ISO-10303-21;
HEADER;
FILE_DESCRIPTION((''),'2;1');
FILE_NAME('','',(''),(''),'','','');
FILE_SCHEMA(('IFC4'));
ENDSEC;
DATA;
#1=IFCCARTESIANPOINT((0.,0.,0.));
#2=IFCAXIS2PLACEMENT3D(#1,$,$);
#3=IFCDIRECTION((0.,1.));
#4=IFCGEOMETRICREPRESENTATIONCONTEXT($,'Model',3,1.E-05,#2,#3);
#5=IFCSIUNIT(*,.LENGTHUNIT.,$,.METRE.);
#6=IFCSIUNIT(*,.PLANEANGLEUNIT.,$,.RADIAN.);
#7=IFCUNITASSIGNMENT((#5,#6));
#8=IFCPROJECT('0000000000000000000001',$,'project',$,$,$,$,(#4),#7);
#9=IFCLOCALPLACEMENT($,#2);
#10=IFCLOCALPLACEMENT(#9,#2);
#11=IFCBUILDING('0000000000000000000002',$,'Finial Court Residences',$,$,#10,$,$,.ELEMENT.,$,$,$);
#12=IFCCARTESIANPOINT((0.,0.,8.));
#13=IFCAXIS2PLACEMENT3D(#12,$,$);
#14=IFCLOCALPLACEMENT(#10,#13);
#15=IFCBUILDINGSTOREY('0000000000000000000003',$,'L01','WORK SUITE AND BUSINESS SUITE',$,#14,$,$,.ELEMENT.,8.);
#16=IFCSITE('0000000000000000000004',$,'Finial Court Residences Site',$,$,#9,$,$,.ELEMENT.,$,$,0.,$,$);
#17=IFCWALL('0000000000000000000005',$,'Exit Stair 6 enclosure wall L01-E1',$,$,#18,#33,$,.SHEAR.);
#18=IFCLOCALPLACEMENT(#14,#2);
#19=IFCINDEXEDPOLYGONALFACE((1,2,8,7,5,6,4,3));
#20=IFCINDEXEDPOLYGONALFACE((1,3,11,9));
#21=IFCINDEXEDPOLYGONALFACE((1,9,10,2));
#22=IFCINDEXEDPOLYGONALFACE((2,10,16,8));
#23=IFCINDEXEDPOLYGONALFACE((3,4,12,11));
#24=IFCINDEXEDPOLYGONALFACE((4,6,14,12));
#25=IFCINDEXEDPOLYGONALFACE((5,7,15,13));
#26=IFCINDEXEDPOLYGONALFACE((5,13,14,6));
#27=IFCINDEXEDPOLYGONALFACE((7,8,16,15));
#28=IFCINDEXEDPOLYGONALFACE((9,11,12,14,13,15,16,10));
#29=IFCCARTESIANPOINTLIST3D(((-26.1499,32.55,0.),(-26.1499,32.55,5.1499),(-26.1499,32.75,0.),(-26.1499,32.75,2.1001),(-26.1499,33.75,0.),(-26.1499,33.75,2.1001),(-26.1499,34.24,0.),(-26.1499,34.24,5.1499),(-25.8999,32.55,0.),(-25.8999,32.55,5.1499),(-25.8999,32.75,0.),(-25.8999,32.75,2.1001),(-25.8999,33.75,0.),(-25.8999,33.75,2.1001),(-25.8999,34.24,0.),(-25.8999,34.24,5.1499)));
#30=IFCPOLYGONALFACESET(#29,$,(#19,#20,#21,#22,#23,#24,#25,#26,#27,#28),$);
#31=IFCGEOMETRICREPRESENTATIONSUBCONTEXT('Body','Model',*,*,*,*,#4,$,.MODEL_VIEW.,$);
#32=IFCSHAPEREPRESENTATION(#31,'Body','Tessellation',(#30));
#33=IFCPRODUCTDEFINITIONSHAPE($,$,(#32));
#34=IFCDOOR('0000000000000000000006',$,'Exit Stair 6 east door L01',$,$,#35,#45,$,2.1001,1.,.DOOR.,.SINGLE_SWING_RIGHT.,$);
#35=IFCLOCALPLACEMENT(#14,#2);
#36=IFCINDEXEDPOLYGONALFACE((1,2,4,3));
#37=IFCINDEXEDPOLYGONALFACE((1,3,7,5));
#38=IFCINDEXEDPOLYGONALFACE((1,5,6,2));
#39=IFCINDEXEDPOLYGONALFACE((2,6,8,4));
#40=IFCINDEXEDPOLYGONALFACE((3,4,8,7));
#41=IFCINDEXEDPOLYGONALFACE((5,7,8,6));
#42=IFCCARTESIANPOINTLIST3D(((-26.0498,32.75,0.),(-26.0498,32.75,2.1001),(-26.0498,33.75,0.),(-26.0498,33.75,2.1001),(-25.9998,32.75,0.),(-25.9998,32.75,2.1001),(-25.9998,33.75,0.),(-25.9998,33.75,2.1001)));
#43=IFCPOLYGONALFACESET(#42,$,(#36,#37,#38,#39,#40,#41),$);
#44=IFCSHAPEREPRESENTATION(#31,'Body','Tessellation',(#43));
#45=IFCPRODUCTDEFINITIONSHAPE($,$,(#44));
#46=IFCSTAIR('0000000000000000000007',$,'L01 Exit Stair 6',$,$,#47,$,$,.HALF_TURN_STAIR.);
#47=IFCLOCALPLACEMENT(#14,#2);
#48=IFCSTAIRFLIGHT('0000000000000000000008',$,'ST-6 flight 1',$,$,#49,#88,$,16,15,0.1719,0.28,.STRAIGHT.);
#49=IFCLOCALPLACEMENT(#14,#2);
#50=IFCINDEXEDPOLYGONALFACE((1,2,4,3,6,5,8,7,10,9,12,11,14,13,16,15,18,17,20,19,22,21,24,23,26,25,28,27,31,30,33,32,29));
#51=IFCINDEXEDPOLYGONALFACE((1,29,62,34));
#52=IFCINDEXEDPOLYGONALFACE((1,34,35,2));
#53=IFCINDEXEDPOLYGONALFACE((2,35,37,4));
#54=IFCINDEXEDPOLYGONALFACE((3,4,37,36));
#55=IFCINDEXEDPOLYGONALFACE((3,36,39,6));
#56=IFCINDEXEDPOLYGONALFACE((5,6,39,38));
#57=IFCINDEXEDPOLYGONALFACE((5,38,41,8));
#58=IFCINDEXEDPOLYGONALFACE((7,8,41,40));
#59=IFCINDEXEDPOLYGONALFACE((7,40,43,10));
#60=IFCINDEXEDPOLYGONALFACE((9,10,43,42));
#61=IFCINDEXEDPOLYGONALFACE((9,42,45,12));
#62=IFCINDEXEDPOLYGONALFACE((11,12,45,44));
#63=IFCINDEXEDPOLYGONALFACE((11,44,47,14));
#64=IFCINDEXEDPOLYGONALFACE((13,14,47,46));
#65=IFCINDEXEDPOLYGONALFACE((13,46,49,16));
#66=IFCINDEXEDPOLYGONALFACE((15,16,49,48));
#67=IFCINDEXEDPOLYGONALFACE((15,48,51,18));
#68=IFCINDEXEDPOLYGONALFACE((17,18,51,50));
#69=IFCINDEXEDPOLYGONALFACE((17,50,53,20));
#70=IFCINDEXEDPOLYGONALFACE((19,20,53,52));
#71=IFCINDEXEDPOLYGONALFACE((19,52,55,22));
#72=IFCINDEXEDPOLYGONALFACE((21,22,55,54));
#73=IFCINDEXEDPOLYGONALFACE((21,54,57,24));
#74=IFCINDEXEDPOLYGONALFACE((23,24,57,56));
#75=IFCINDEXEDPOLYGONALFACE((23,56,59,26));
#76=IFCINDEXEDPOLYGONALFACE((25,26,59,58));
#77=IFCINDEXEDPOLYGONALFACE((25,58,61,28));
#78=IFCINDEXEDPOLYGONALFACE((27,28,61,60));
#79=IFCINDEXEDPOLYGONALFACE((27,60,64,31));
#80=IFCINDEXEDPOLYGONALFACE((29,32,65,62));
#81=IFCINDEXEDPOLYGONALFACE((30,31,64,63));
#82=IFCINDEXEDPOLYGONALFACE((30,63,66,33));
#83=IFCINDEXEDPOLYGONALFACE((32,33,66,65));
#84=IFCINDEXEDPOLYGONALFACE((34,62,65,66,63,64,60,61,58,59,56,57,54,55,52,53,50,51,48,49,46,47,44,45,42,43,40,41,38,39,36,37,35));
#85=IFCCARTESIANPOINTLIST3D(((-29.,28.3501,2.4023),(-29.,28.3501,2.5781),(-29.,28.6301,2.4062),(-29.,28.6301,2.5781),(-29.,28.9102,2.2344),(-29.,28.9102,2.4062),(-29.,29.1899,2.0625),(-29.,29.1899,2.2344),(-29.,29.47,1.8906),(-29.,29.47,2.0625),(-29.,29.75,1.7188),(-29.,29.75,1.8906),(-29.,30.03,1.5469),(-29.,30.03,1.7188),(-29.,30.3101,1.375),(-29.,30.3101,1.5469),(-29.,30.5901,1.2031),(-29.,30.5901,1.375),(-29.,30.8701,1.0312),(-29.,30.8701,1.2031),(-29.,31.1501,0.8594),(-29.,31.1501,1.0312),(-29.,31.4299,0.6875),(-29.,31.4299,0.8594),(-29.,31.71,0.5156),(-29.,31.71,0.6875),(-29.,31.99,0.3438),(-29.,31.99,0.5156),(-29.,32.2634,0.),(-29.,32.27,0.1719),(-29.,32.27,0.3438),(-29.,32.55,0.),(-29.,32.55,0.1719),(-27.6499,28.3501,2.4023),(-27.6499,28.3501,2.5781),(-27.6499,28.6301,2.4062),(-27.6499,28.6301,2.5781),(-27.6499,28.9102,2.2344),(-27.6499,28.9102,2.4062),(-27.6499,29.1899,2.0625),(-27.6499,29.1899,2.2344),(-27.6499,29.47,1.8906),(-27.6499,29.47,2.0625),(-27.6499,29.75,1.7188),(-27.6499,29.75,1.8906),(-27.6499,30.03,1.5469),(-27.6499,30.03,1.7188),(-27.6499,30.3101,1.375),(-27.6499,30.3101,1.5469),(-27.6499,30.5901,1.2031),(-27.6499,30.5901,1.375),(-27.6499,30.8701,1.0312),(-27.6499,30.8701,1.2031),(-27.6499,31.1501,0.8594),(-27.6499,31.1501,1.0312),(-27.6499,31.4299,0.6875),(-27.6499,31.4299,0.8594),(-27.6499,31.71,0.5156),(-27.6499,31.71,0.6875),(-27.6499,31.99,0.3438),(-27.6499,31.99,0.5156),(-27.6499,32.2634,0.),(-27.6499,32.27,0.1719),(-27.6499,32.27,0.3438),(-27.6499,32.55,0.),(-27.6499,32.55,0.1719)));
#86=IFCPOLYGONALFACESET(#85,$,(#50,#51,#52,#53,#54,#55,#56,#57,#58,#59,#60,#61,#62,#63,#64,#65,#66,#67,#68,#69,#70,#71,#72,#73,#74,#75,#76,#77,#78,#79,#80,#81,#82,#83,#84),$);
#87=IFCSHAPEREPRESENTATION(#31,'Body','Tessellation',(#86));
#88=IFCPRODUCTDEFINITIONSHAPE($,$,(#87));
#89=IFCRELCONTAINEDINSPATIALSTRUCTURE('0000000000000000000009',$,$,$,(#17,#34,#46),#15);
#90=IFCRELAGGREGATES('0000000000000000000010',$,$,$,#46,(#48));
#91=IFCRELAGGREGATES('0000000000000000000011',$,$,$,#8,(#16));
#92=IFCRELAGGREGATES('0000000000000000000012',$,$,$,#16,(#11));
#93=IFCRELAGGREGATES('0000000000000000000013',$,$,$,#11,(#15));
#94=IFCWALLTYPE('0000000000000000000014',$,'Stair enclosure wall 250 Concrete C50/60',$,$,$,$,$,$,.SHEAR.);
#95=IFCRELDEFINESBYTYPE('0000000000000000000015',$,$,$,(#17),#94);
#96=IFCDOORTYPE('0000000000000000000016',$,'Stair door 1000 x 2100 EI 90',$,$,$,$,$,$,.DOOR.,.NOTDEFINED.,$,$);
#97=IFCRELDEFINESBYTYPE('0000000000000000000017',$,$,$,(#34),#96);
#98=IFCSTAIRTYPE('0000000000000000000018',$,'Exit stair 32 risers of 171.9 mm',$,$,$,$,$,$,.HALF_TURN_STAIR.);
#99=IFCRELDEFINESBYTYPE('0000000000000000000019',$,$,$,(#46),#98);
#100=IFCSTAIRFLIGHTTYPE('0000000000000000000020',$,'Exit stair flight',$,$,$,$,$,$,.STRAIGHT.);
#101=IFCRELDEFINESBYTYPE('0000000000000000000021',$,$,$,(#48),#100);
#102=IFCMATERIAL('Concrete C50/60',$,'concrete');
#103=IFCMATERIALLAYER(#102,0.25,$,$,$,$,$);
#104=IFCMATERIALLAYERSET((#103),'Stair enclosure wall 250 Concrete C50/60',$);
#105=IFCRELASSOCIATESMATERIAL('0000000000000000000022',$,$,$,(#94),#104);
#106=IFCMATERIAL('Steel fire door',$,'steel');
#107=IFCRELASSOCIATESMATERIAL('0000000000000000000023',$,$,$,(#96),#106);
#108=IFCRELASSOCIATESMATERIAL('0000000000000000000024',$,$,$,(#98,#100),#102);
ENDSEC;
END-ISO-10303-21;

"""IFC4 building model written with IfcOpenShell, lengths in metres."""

from ifc_helpers import new_model, si_unit, direction, frame, frame_2d, origin, place, context, subcontext, project, spatial, polyline, rectangle, outline, extrude, material, layer, layer_set, type_object, element, fill, aggregate, save


model = new_model("IFC4")

# Units and contexts
model_context = context("Model", 3, precision=1e-05, world=origin(), true_north=direction((0.0, 1.0)))
body_context = subcontext(model_context, "Body", "Model", "MODEL_VIEW")
ifc_project = project(units=[si_unit("LENGTHUNIT", "METRE"), si_unit("PLANEANGLEUNIT", "RADIAN")], contexts=[model_context])

# Site, building, storey
site_placement = place(None, origin())
site = spatial("IfcSite", under=ifc_project, at=site_placement, Name="Finial Court Residences Site", CompositionType="ELEMENT", RefElevation=0.0)
building_placement = place(site_placement, origin())
building = spatial("IfcBuilding", under=site, at=building_placement, Name="Finial Court Residences", CompositionType="ELEMENT")
storey_placement = place(building_placement, frame((0.0, 0.0, 8.0)))
storey = spatial("IfcBuildingStorey", under=building, at=storey_placement, Name="L01", Description="WORK SUITE AND BUSINESS SUITE", CompositionType="ELEMENT", Elevation=8.0)

# Wall, opening, door
ifc_material_1 = material(Name="Concrete C50/60", Category="concrete")
ifc_layer_1 = layer(ifc_material_1, 0.25)
ifc_layer_set_1 = layer_set([ifc_layer_1], Name="Stair enclosure wall 250 Concrete C50/60")
wall_type = type_object("IfcWallType", Name="Stair enclosure wall 250 Concrete C50/60", PredefinedType="SHEAR", material=ifc_layer_set_1)
ifc_material_2 = material(Name="Steel fire door", Category="steel")
door_type = type_object("IfcDoorType", Name="Stair door 1000 x 2100 EI 90", OperationType="NOTDEFINED", PredefinedType="DOOR", material=ifc_material_2)
wall_1_placement = place(storey_placement, frame((-26.0249, 32.55, 0.0), z_axis=(0.0, 0.0, 1.0), x_axis=(0.0, 1.0, 0.0)))
wall_1 = element("IfcWall", 1, at=wall_1_placement, inside=storey, type_object=wall_type, Name="Exit Stair 6 enclosure wall L01-E1", PredefinedType="SHEAR", context=body_context, shape_type="SweptSolid", body=[
    extrude(rectangle(XDim=1.6899, YDim=0.25, at=frame_2d((0.845, 0.0))), origin(), (0.0, 0.0, 1.0), 5.1499),
])
opening_1_placement = place(wall_1_placement, frame((0.2, 0.0, 0.0)))
opening_1 = element("IfcOpeningElement", 2, at=opening_1_placement, cuts=wall_1, PredefinedType="OPENING", context=body_context, shape_type="SweptSolid", body=[
    extrude(rectangle(XDim=1.0, YDim=2.1001, at=frame_2d((0.5, 1.05))), frame((0.0, 0.135, 0.0), z_axis=(0.0, -1.0, 0.0), x_axis=(1.0, 0.0, 0.0)), (0.0, 0.0, 1.0), 0.27),
])
door_1_placement = place(opening_1_placement, origin())
door_1 = element("IfcDoor", 3, at=door_1_placement, inside=storey, type_object=door_type, Name="Exit Stair 6 east door L01", OperationType="SINGLE_SWING_RIGHT", OverallHeight=2.1001, OverallWidth=1.0, PredefinedType="DOOR", context=body_context, shape_type="SweptSolid", body=[
    extrude(rectangle(XDim=1.0, YDim=2.1001, at=frame_2d((0.5, 1.05))), frame((0.0, 0.0249, 0.0), z_axis=(0.0, -1.0, 0.0), x_axis=(1.0, 0.0, 0.0)), (0.0, 0.0, 1.0), 0.05),
])
fill(opening_1, door_1)

# Stair, stair flight
stair_type = type_object("IfcStairType", Name="Exit stair 32 risers of 171.9 mm", PredefinedType="HALF_TURN_STAIR", material=ifc_material_1)
stair_placement = place(storey_placement, origin())
stair = element("IfcStair", 4, at=stair_placement, inside=storey, type_object=stair_type, Name="L01 Exit Stair 6", PredefinedType="HALF_TURN_STAIR")
stair_flight_type = type_object("IfcStairFlightType", Name="Exit stair flight", PredefinedType="STRAIGHT", material=ifc_material_1)
stair_flight_placement = place(storey_placement, frame((-28.325, 32.55, 0.0), z_axis=(0.0, 0.0, 1.0), x_axis=(0.0, -1.0, 0.0)))
stair_flight = element("IfcStairFlight", 5, at=stair_flight_placement, type_object=stair_flight_type, Name="ST-6 flight 1", NumberOfRisers=16, NumberOfTreads=15, PredefinedType="STRAIGHT", RiserHeight=0.1719, TreadLength=0.28, context=body_context, shape_type="SweptSolid", body=[
    extrude(outline(polyline([(0.0, 0.0), (0.0, 0.1719), (0.28, 0.1719), (0.28, 0.3438), (0.5601, 0.3438), (0.5601, 0.5156), (0.8401, 0.5156), (0.8401, 0.6875), (1.1201, 0.6875), (1.1201, 0.8594), (1.3999, 0.8594), (1.3999, 1.0312), (1.6799, 1.0312), (1.6799, 1.2031), (1.96, 1.2031), (1.96, 1.375), (2.24, 1.375), (2.24, 1.5469), (2.52, 1.5469), (2.52, 1.7188), (2.8, 1.7188), (2.8, 1.8906), (3.0801, 1.8906), (3.0801, 2.0625), (3.3601, 2.0625), (3.3601, 2.2344), (3.6399, 2.2344), (3.6399, 2.4062), (3.9199, 2.4062), (3.9199, 2.5781), (4.2, 2.5781), (4.2, 2.75), (4.2, 2.4023), (0.2866, 0.0), (0.0, 0.0)])), frame((0.0, 0.675, 0.0), z_axis=(0.0, -1.0, 0.0), x_axis=(1.0, 0.0, 0.0)), (0.0, 0.0, 1.0), 1.3501),
])
aggregate(stair, [stair_flight])

save(model, "model.ifc")
